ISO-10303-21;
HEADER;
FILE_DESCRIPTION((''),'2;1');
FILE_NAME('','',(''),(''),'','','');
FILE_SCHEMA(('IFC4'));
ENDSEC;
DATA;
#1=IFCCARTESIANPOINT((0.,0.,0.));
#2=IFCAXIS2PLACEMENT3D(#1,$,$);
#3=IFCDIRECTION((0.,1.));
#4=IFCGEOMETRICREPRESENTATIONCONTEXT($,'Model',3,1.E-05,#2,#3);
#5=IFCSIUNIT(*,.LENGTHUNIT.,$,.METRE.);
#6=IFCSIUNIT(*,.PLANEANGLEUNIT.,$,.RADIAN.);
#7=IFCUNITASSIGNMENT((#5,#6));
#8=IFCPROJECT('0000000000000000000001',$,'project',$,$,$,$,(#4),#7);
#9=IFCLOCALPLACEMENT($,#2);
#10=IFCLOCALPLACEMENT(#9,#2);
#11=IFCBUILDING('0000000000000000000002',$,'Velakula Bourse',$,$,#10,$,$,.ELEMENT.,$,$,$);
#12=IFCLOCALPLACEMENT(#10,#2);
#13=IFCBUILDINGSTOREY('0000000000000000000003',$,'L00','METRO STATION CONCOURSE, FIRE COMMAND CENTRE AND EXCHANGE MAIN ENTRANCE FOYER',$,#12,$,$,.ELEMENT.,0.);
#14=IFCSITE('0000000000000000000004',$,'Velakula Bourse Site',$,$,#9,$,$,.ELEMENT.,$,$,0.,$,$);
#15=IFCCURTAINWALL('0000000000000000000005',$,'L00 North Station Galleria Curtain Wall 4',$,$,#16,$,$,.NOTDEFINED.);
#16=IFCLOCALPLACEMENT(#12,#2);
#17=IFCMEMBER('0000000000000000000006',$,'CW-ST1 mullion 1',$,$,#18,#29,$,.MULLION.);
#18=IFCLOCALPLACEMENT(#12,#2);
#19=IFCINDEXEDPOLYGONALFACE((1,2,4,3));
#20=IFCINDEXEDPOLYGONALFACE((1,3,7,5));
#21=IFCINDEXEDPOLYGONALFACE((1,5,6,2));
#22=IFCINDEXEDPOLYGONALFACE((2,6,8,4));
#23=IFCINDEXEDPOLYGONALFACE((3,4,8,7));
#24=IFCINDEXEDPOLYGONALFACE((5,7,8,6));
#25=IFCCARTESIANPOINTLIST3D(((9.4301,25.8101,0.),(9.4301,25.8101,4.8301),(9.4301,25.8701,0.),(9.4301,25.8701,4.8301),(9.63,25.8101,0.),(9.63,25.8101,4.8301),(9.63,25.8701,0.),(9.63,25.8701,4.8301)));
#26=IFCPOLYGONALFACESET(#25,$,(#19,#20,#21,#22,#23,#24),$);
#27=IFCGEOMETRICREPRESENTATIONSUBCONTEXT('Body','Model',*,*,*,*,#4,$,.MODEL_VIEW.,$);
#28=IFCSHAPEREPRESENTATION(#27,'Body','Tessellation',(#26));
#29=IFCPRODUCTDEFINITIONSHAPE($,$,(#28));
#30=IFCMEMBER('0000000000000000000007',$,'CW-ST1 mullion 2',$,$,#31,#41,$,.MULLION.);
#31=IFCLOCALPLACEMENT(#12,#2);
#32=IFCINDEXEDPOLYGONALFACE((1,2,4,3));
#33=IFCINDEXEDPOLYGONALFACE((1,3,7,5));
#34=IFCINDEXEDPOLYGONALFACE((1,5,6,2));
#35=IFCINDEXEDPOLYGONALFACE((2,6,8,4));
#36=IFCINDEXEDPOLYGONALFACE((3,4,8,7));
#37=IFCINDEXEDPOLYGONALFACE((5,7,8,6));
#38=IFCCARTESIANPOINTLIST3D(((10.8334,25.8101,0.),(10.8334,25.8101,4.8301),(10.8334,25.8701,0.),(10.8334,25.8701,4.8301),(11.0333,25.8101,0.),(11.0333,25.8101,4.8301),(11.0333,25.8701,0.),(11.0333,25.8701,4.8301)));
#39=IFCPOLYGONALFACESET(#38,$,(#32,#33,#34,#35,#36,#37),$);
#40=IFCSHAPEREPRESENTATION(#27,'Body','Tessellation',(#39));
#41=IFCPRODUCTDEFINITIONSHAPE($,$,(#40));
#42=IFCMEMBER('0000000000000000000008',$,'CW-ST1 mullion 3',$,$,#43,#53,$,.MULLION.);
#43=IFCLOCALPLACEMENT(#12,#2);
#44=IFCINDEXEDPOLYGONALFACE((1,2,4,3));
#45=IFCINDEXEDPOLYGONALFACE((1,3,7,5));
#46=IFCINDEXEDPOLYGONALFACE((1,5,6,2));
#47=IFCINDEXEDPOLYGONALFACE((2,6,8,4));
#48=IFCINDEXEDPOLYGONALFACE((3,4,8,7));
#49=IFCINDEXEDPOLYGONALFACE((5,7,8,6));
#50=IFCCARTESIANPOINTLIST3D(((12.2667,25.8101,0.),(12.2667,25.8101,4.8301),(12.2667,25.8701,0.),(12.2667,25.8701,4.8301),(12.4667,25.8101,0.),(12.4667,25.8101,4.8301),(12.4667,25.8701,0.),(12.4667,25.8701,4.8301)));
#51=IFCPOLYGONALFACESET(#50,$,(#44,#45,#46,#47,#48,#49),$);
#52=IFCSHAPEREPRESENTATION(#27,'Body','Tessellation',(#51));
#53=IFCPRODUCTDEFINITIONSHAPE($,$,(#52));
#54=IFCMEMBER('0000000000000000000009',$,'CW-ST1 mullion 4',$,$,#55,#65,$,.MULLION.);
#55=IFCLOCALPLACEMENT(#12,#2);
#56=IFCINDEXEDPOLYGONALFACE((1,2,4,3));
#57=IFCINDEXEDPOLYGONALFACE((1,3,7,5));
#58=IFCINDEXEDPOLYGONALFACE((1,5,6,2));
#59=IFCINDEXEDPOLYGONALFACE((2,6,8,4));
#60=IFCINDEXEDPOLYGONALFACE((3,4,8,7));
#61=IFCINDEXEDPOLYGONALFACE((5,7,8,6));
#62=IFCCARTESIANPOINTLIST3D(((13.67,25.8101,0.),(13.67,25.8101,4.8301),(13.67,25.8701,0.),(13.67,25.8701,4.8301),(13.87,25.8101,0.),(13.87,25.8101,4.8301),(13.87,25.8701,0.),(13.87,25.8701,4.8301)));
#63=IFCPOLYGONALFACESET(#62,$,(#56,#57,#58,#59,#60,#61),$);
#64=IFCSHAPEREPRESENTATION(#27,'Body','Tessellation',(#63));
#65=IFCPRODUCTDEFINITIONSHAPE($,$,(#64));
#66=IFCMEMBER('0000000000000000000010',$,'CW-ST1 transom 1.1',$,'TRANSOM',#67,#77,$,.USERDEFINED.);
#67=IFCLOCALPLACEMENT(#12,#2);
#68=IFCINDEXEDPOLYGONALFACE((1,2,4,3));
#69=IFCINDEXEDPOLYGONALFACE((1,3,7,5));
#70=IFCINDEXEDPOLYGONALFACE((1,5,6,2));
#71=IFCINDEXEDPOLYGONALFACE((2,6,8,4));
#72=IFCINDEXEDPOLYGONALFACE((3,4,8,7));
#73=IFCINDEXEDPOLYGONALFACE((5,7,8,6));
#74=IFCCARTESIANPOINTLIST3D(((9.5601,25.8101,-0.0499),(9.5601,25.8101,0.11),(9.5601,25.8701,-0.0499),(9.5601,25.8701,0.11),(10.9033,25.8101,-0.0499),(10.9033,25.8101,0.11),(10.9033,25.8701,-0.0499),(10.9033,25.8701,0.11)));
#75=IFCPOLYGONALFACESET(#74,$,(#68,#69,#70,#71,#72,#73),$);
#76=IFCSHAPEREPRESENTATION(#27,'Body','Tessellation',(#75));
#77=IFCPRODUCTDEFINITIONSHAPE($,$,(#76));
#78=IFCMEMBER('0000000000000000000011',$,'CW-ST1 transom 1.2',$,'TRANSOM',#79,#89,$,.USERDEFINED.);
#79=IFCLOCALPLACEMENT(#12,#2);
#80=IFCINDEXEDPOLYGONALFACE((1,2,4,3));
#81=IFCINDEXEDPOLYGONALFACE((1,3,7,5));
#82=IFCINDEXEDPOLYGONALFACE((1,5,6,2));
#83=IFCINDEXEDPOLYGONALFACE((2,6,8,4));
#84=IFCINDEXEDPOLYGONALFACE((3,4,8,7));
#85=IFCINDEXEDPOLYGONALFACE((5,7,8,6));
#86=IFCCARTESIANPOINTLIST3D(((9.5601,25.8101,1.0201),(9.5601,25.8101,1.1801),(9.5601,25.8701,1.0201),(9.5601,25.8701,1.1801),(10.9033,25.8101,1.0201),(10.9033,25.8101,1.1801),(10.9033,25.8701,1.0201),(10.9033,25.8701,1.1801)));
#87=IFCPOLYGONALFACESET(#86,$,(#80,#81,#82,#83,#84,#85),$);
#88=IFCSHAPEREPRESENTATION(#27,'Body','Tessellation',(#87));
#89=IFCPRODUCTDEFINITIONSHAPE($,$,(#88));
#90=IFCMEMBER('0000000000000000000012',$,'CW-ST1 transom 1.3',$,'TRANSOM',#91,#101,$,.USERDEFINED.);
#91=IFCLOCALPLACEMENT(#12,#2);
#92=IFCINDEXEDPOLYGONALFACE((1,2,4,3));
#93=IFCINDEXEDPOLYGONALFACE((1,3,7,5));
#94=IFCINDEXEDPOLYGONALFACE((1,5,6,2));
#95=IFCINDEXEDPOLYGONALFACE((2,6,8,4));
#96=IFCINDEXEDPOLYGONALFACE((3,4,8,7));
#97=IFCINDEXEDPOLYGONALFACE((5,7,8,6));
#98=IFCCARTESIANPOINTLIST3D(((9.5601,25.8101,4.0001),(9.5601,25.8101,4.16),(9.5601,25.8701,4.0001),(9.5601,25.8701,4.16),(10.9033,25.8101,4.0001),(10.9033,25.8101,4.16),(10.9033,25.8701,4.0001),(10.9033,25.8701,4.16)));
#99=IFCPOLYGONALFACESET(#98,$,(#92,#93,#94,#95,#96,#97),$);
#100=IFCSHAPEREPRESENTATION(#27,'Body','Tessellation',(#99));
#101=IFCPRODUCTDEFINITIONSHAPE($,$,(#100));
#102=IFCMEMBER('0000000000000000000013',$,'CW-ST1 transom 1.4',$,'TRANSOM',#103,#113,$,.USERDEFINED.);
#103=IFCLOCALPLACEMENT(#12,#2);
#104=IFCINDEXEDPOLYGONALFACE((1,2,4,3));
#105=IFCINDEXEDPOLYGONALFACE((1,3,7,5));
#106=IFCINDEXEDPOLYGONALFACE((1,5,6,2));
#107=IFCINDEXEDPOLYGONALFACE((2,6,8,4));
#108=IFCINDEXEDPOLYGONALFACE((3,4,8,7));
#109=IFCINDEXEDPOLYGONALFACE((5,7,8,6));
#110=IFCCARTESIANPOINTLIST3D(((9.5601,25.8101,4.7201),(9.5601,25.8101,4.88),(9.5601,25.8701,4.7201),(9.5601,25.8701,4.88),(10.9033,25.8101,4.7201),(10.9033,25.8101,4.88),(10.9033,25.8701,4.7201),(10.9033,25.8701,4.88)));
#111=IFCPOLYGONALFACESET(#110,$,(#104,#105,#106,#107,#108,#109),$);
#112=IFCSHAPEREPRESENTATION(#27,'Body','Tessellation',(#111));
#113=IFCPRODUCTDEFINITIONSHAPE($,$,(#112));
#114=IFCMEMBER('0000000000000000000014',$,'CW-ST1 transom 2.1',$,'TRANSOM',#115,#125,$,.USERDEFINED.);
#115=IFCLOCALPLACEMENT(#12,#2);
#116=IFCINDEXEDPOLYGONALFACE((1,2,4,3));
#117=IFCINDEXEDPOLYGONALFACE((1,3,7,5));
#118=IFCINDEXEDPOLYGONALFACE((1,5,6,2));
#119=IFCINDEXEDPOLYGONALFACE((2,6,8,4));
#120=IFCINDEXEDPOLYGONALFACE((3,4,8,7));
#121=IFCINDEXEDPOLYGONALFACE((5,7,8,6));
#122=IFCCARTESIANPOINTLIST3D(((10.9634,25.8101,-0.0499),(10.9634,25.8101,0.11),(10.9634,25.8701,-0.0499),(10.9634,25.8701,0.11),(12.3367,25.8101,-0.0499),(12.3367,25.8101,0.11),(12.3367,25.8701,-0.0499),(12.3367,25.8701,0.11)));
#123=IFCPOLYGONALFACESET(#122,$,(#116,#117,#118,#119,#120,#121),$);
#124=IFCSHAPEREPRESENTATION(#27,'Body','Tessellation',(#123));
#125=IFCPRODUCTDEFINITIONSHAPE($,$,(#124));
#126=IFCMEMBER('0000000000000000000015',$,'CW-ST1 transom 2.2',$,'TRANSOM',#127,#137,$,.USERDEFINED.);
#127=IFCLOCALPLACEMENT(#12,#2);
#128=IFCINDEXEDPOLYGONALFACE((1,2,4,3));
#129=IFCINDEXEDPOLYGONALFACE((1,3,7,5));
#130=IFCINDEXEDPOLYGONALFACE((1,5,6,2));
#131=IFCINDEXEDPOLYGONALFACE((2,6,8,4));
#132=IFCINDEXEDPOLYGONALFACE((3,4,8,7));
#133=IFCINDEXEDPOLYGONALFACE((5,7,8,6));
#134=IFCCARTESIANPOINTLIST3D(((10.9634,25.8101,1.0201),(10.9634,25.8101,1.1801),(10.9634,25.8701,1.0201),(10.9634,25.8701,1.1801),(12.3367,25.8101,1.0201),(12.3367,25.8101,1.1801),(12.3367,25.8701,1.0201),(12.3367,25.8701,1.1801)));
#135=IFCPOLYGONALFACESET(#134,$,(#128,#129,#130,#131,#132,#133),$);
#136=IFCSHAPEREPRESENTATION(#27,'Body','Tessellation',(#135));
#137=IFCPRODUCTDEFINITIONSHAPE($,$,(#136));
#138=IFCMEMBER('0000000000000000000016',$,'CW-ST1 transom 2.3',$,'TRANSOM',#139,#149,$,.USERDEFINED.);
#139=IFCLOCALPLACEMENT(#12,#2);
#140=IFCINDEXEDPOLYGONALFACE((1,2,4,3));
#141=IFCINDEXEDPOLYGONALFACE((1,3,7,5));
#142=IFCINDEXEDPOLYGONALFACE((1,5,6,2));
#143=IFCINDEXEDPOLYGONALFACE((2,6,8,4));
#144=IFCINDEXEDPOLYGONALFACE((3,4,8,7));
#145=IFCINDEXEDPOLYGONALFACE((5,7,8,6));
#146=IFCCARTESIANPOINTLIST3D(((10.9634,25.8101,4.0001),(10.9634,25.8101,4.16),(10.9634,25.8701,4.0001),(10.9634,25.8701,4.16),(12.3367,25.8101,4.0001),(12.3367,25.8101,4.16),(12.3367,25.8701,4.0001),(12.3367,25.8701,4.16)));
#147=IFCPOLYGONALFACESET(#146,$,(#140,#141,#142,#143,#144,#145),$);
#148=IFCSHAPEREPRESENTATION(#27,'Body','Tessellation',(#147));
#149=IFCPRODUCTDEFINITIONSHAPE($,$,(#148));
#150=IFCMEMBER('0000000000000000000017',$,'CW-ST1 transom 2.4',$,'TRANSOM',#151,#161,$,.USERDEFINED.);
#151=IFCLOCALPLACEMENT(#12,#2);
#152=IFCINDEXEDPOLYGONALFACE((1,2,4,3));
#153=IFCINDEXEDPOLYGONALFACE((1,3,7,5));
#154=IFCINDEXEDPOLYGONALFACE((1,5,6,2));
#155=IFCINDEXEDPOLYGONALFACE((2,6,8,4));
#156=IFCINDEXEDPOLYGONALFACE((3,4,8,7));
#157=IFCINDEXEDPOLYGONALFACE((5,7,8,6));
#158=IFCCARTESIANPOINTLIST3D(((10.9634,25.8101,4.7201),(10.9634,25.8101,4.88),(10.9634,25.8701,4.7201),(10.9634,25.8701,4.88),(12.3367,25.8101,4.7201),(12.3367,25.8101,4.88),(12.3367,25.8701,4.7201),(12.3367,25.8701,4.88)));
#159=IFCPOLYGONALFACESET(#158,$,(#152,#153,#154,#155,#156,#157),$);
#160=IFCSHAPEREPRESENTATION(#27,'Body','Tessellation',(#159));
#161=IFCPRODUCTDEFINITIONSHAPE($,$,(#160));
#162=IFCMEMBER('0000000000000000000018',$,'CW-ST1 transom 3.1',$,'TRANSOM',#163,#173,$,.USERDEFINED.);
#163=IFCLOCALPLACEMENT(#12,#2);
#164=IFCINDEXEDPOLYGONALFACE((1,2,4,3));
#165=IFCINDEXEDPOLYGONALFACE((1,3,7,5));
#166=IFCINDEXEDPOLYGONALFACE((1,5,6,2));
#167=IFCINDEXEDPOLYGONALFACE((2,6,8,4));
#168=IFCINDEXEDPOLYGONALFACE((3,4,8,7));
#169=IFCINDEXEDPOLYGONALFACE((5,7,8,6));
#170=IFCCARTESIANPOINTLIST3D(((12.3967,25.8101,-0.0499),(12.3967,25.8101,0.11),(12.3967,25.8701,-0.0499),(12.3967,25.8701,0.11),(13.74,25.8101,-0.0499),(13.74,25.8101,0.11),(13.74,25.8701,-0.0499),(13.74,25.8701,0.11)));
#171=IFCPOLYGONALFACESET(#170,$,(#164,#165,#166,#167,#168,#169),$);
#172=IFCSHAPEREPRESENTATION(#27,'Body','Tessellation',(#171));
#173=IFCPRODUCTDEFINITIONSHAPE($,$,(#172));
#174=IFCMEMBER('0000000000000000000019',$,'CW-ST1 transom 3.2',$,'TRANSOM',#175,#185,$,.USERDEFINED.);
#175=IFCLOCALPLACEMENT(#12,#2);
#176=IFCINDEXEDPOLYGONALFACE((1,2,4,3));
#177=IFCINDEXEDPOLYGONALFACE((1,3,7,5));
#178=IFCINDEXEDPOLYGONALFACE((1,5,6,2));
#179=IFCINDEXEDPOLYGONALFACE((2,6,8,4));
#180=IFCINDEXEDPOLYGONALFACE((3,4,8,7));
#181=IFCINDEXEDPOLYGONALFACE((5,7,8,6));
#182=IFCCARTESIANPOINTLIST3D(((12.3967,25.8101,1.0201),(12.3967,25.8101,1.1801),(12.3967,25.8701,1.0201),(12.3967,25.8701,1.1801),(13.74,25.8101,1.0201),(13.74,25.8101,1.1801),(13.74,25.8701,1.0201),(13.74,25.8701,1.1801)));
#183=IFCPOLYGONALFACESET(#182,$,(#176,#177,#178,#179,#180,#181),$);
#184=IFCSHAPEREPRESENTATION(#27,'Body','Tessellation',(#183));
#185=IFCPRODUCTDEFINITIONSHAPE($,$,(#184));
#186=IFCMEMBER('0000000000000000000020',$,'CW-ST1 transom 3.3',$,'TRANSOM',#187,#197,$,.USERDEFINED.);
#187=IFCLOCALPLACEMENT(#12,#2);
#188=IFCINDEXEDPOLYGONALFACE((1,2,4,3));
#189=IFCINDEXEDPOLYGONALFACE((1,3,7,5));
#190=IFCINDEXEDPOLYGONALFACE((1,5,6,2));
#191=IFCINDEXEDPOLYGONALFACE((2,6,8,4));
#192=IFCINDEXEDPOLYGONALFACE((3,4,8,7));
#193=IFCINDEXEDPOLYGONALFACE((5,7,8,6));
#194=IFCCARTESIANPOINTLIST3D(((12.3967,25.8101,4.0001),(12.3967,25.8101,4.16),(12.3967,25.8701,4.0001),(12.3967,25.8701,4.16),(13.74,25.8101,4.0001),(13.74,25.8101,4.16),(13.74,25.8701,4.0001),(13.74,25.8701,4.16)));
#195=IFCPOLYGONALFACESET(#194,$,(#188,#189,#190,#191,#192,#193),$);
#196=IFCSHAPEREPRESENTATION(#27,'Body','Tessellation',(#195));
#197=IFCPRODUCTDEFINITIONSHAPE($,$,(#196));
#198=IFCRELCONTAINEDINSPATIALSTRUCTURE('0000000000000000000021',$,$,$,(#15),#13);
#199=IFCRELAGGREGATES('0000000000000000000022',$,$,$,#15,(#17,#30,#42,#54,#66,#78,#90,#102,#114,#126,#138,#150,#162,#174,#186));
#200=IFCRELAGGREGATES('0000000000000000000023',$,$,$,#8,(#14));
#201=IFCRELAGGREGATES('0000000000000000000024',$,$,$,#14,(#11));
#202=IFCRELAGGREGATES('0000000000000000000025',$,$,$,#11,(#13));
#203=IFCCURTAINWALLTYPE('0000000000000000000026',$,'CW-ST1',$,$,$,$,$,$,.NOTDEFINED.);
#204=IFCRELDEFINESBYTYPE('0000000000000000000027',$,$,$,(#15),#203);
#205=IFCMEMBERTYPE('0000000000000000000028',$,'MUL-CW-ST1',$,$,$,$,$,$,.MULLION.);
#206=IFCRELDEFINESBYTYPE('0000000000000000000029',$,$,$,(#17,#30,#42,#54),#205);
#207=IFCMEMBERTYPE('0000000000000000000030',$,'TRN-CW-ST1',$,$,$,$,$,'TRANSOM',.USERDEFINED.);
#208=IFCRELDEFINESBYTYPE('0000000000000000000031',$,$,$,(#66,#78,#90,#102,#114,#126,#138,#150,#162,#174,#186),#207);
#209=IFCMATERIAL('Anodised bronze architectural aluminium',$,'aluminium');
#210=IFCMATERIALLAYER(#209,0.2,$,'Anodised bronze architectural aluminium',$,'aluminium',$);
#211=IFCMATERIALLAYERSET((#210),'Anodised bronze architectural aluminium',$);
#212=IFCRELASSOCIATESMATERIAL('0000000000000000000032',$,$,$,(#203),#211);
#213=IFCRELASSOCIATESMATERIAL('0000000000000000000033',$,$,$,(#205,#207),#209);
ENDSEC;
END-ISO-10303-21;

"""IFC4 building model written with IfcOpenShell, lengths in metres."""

from ifc_helpers import new_model, si_unit, direction, frame, origin, origin_2d, place, context, subcontext, project, spatial, rectangle, extrude, material, layer, layer_set, material_profile, profile_set, type_object, element, aggregate, save


model = new_model("IFC4")

# Units and contexts
model_context = context("Model", 3, precision=1e-05, world=origin(), true_north=direction((0.0, 1.0)))
body_context = subcontext(model_context, "Body", "Model", "MODEL_VIEW")
ifc_project = project(units=[si_unit("LENGTHUNIT", "METRE"), si_unit("PLANEANGLEUNIT", "RADIAN")], contexts=[model_context])

# Site, building, storey
site_placement = place(None, origin())
site = spatial("IfcSite", under=ifc_project, at=site_placement, Name="Velakula Bourse Site", CompositionType="ELEMENT", RefElevation=0.0)
building_placement = place(site_placement, origin())
building = spatial("IfcBuilding", under=site, at=building_placement, Name="Velakula Bourse", CompositionType="ELEMENT")
storey_placement = place(building_placement, origin())
storey = spatial("IfcBuildingStorey", under=building, at=storey_placement, Name="L00", Description="METRO STATION CONCOURSE, FIRE COMMAND CENTRE AND EXCHANGE MAIN ENTRANCE FOYER", CompositionType="ELEMENT", Elevation=0.0)

# Curtain wall, members
ifc_material_1 = material(Name="Anodised bronze architectural aluminium", Category="aluminium")
ifc_layer_1 = layer(ifc_material_1, 0.2, Name="Anodised bronze architectural aluminium", Category="aluminium")
ifc_layer_set_1 = layer_set([ifc_layer_1], Name="Anodised bronze architectural aluminium")
curtain_wall_type = type_object("IfcCurtainWallType", Name="CW-ST1", PredefinedType="NOTDEFINED", material=ifc_layer_set_1)
curtain_wall_placement = place(storey_placement, origin())
curtain_wall = element("IfcCurtainWall", 1, at=curtain_wall_placement, inside=storey, type_object=curtain_wall_type, Name="L00 North Station Galleria Curtain Wall 4", PredefinedType="NOTDEFINED")
ifc_material_profile_1 = material_profile(ifc_material_1, rectangle(XDim=0.0601, YDim=0.2, at=origin_2d()), Name="Anodised bronze architectural aluminium")
ifc_profile_set_1 = profile_set([ifc_material_profile_1], Name="Anodised bronze architectural aluminium")
member_type_1 = type_object("IfcMemberType", Name="MUL-CW-ST1", PredefinedType="MULLION", material=ifc_profile_set_1)
member_1_placement = place(storey_placement, frame((9.53, 25.8401, 0.0), z_axis=(0.0, 0.0, 1.0), x_axis=(0.0, 1.0, 0.0)))
member_1 = element("IfcMember", 2, at=member_1_placement, type_object=member_type_1, Name="CW-ST1 mullion 1", PredefinedType="MULLION", context=body_context, shape_type="SweptSolid", body=[
    extrude(rectangle(XDim=0.0601, YDim=0.2, at=origin_2d()), origin(), (0.0, 0.0, 1.0), 4.8301),
])
member_2_placement = place(storey_placement, frame((10.9333, 25.8401, 0.0), z_axis=(0.0, 0.0, 1.0), x_axis=(0.0, 1.0, 0.0)))
member_2 = element("IfcMember", 3, at=member_2_placement, type_object=member_type_1, Name="CW-ST1 mullion 2", PredefinedType="MULLION", context=body_context, shape_type="SweptSolid", body=[
    extrude(rectangle(XDim=0.0601, YDim=0.2, at=origin_2d()), origin(), (0.0, 0.0, 1.0), 4.8301),
])
member_3_placement = place(storey_placement, frame((12.3667, 25.8401, 0.0), z_axis=(0.0, 0.0, 1.0), x_axis=(0.0, 1.0, 0.0)))
member_3 = element("IfcMember", 4, at=member_3_placement, type_object=member_type_1, Name="CW-ST1 mullion 3", PredefinedType="MULLION", context=body_context, shape_type="SweptSolid", body=[
    extrude(rectangle(XDim=0.0601, YDim=0.2, at=origin_2d()), origin(), (0.0, 0.0, 1.0), 4.8301),
])
member_4_placement = place(storey_placement, frame((13.77, 25.8401, 0.0), z_axis=(0.0, 0.0, 1.0), x_axis=(0.0, 1.0, 0.0)))
member_4 = element("IfcMember", 5, at=member_4_placement, type_object=member_type_1, Name="CW-ST1 mullion 4", PredefinedType="MULLION", context=body_context, shape_type="SweptSolid", body=[
    extrude(rectangle(XDim=0.0601, YDim=0.2, at=origin_2d()), origin(), (0.0, 0.0, 1.0), 4.8301),
])
ifc_material_profile_2 = material_profile(ifc_material_1, rectangle(XDim=0.0601, YDim=0.1599, at=origin_2d()), Name="Anodised bronze architectural aluminium")
ifc_profile_set_2 = profile_set([ifc_material_profile_2], Name="Anodised bronze architectural aluminium")
member_type_2 = type_object("IfcMemberType", Name="TRN-CW-ST1", ElementType="TRANSOM", PredefinedType="USERDEFINED", material=ifc_profile_set_2)
member_5_placement = place(storey_placement, frame((9.5601, 25.8401, 0.03), z_axis=(1.0, 0.0, 0.0), x_axis=(0.0, 1.0, 0.0)))
member_5 = element("IfcMember", 6, at=member_5_placement, type_object=member_type_2, Name="CW-ST1 transom 1.1", ObjectType="TRANSOM", PredefinedType="USERDEFINED", context=body_context, shape_type="SweptSolid", body=[
    extrude(rectangle(XDim=0.0601, YDim=0.1599, at=origin_2d()), origin(), (0.0, 0.0, 1.0), 1.3433),
])
member_6_placement = place(storey_placement, frame((9.5601, 25.8401, 1.1001), z_axis=(1.0, 0.0, 0.0), x_axis=(0.0, 1.0, 0.0)))
member_6 = element("IfcMember", 7, at=member_6_placement, type_object=member_type_2, Name="CW-ST1 transom 1.2", ObjectType="TRANSOM", PredefinedType="USERDEFINED", context=body_context, shape_type="SweptSolid", body=[
    extrude(rectangle(XDim=0.0601, YDim=0.1599, at=origin_2d()), origin(), (0.0, 0.0, 1.0), 1.3433),
])
member_7_placement = place(storey_placement, frame((9.5601, 25.8401, 4.0801), z_axis=(1.0, 0.0, 0.0), x_axis=(0.0, 1.0, 0.0)))
member_7 = element("IfcMember", 8, at=member_7_placement, type_object=member_type_2, Name="CW-ST1 transom 1.3", ObjectType="TRANSOM", PredefinedType="USERDEFINED", context=body_context, shape_type="SweptSolid", body=[
    extrude(rectangle(XDim=0.0601, YDim=0.1599, at=origin_2d()), origin(), (0.0, 0.0, 1.0), 1.3433),
])
member_8_placement = place(storey_placement, frame((9.5601, 25.8401, 4.8), z_axis=(1.0, 0.0, 0.0), x_axis=(0.0, 1.0, 0.0)))
member_8 = element("IfcMember", 9, at=member_8_placement, type_object=member_type_2, Name="CW-ST1 transom 1.4", ObjectType="TRANSOM", PredefinedType="USERDEFINED", context=body_context, shape_type="SweptSolid", body=[
    extrude(rectangle(XDim=0.0601, YDim=0.1599, at=origin_2d()), origin(), (0.0, 0.0, 1.0), 1.3433),
])
member_9_placement = place(storey_placement, frame((10.9634, 25.8401, 0.03), z_axis=(1.0, 0.0, 0.0), x_axis=(0.0, 1.0, 0.0)))
member_9 = element("IfcMember", 10, at=member_9_placement, type_object=member_type_2, Name="CW-ST1 transom 2.1", ObjectType="TRANSOM", PredefinedType="USERDEFINED", context=body_context, shape_type="SweptSolid", body=[
    extrude(rectangle(XDim=0.0601, YDim=0.1599, at=origin_2d()), origin(), (0.0, 0.0, 1.0), 1.3733),
])
member_10_placement = place(storey_placement, frame((10.9634, 25.8401, 1.1001), z_axis=(1.0, 0.0, 0.0), x_axis=(0.0, 1.0, 0.0)))
member_10 = element("IfcMember", 11, at=member_10_placement, type_object=member_type_2, Name="CW-ST1 transom 2.2", ObjectType="TRANSOM", PredefinedType="USERDEFINED", context=body_context, shape_type="SweptSolid", body=[
    extrude(rectangle(XDim=0.0601, YDim=0.1599, at=origin_2d()), origin(), (0.0, 0.0, 1.0), 1.3733),
])
member_11_placement = place(storey_placement, frame((10.9634, 25.8401, 4.0801), z_axis=(1.0, 0.0, 0.0), x_axis=(0.0, 1.0, 0.0)))
member_11 = element("IfcMember", 12, at=member_11_placement, type_object=member_type_2, Name="CW-ST1 transom 2.3", ObjectType="TRANSOM", PredefinedType="USERDEFINED", context=body_context, shape_type="SweptSolid", body=[
    extrude(rectangle(XDim=0.0601, YDim=0.1599, at=origin_2d()), origin(), (0.0, 0.0, 1.0), 1.3733),
])
member_12_placement = place(storey_placement, frame((10.9634, 25.8401, 4.8), z_axis=(1.0, 0.0, 0.0), x_axis=(0.0, 1.0, 0.0)))
member_12 = element("IfcMember", 13, at=member_12_placement, type_object=member_type_2, Name="CW-ST1 transom 2.4", ObjectType="TRANSOM", PredefinedType="USERDEFINED", context=body_context, shape_type="SweptSolid", body=[
    extrude(rectangle(XDim=0.0601, YDim=0.1599, at=origin_2d()), origin(), (0.0, 0.0, 1.0), 1.3733),
])
member_13_placement = place(storey_placement, frame((12.3967, 25.8401, 0.03), z_axis=(1.0, 0.0, 0.0), x_axis=(0.0, 1.0, 0.0)))
member_13 = element("IfcMember", 14, at=member_13_placement, type_object=member_type_2, Name="CW-ST1 transom 3.1", ObjectType="TRANSOM", PredefinedType="USERDEFINED", context=body_context, shape_type="SweptSolid", body=[
    extrude(rectangle(XDim=0.0601, YDim=0.1599, at=origin_2d()), origin(), (0.0, 0.0, 1.0), 1.3433),
])
member_14_placement = place(storey_placement, frame((12.3967, 25.8401, 1.1001), z_axis=(1.0, 0.0, 0.0), x_axis=(0.0, 1.0, 0.0)))
member_14 = element("IfcMember", 15, at=member_14_placement, type_object=member_type_2, Name="CW-ST1 transom 3.2", ObjectType="TRANSOM", PredefinedType="USERDEFINED", context=body_context, shape_type="SweptSolid", body=[
    extrude(rectangle(XDim=0.0601, YDim=0.1599, at=origin_2d()), origin(), (0.0, 0.0, 1.0), 1.3433),
])
member_15_placement = place(storey_placement, frame((12.3967, 25.8401, 4.0801), z_axis=(1.0, 0.0, 0.0), x_axis=(0.0, 1.0, 0.0)))
member_15 = element("IfcMember", 16, at=member_15_placement, type_object=member_type_2, Name="CW-ST1 transom 3.3", ObjectType="TRANSOM", PredefinedType="USERDEFINED", context=body_context, shape_type="SweptSolid", body=[
    extrude(rectangle(XDim=0.0601, YDim=0.1599, at=origin_2d()), origin(), (0.0, 0.0, 1.0), 1.3433),
])
aggregate(curtain_wall, [member_1, member_2, member_3, member_4, member_5, member_6, member_7, member_8, member_9, member_10, member_11, member_12, member_13, member_14, member_15])

save(model, "model.ifc")
